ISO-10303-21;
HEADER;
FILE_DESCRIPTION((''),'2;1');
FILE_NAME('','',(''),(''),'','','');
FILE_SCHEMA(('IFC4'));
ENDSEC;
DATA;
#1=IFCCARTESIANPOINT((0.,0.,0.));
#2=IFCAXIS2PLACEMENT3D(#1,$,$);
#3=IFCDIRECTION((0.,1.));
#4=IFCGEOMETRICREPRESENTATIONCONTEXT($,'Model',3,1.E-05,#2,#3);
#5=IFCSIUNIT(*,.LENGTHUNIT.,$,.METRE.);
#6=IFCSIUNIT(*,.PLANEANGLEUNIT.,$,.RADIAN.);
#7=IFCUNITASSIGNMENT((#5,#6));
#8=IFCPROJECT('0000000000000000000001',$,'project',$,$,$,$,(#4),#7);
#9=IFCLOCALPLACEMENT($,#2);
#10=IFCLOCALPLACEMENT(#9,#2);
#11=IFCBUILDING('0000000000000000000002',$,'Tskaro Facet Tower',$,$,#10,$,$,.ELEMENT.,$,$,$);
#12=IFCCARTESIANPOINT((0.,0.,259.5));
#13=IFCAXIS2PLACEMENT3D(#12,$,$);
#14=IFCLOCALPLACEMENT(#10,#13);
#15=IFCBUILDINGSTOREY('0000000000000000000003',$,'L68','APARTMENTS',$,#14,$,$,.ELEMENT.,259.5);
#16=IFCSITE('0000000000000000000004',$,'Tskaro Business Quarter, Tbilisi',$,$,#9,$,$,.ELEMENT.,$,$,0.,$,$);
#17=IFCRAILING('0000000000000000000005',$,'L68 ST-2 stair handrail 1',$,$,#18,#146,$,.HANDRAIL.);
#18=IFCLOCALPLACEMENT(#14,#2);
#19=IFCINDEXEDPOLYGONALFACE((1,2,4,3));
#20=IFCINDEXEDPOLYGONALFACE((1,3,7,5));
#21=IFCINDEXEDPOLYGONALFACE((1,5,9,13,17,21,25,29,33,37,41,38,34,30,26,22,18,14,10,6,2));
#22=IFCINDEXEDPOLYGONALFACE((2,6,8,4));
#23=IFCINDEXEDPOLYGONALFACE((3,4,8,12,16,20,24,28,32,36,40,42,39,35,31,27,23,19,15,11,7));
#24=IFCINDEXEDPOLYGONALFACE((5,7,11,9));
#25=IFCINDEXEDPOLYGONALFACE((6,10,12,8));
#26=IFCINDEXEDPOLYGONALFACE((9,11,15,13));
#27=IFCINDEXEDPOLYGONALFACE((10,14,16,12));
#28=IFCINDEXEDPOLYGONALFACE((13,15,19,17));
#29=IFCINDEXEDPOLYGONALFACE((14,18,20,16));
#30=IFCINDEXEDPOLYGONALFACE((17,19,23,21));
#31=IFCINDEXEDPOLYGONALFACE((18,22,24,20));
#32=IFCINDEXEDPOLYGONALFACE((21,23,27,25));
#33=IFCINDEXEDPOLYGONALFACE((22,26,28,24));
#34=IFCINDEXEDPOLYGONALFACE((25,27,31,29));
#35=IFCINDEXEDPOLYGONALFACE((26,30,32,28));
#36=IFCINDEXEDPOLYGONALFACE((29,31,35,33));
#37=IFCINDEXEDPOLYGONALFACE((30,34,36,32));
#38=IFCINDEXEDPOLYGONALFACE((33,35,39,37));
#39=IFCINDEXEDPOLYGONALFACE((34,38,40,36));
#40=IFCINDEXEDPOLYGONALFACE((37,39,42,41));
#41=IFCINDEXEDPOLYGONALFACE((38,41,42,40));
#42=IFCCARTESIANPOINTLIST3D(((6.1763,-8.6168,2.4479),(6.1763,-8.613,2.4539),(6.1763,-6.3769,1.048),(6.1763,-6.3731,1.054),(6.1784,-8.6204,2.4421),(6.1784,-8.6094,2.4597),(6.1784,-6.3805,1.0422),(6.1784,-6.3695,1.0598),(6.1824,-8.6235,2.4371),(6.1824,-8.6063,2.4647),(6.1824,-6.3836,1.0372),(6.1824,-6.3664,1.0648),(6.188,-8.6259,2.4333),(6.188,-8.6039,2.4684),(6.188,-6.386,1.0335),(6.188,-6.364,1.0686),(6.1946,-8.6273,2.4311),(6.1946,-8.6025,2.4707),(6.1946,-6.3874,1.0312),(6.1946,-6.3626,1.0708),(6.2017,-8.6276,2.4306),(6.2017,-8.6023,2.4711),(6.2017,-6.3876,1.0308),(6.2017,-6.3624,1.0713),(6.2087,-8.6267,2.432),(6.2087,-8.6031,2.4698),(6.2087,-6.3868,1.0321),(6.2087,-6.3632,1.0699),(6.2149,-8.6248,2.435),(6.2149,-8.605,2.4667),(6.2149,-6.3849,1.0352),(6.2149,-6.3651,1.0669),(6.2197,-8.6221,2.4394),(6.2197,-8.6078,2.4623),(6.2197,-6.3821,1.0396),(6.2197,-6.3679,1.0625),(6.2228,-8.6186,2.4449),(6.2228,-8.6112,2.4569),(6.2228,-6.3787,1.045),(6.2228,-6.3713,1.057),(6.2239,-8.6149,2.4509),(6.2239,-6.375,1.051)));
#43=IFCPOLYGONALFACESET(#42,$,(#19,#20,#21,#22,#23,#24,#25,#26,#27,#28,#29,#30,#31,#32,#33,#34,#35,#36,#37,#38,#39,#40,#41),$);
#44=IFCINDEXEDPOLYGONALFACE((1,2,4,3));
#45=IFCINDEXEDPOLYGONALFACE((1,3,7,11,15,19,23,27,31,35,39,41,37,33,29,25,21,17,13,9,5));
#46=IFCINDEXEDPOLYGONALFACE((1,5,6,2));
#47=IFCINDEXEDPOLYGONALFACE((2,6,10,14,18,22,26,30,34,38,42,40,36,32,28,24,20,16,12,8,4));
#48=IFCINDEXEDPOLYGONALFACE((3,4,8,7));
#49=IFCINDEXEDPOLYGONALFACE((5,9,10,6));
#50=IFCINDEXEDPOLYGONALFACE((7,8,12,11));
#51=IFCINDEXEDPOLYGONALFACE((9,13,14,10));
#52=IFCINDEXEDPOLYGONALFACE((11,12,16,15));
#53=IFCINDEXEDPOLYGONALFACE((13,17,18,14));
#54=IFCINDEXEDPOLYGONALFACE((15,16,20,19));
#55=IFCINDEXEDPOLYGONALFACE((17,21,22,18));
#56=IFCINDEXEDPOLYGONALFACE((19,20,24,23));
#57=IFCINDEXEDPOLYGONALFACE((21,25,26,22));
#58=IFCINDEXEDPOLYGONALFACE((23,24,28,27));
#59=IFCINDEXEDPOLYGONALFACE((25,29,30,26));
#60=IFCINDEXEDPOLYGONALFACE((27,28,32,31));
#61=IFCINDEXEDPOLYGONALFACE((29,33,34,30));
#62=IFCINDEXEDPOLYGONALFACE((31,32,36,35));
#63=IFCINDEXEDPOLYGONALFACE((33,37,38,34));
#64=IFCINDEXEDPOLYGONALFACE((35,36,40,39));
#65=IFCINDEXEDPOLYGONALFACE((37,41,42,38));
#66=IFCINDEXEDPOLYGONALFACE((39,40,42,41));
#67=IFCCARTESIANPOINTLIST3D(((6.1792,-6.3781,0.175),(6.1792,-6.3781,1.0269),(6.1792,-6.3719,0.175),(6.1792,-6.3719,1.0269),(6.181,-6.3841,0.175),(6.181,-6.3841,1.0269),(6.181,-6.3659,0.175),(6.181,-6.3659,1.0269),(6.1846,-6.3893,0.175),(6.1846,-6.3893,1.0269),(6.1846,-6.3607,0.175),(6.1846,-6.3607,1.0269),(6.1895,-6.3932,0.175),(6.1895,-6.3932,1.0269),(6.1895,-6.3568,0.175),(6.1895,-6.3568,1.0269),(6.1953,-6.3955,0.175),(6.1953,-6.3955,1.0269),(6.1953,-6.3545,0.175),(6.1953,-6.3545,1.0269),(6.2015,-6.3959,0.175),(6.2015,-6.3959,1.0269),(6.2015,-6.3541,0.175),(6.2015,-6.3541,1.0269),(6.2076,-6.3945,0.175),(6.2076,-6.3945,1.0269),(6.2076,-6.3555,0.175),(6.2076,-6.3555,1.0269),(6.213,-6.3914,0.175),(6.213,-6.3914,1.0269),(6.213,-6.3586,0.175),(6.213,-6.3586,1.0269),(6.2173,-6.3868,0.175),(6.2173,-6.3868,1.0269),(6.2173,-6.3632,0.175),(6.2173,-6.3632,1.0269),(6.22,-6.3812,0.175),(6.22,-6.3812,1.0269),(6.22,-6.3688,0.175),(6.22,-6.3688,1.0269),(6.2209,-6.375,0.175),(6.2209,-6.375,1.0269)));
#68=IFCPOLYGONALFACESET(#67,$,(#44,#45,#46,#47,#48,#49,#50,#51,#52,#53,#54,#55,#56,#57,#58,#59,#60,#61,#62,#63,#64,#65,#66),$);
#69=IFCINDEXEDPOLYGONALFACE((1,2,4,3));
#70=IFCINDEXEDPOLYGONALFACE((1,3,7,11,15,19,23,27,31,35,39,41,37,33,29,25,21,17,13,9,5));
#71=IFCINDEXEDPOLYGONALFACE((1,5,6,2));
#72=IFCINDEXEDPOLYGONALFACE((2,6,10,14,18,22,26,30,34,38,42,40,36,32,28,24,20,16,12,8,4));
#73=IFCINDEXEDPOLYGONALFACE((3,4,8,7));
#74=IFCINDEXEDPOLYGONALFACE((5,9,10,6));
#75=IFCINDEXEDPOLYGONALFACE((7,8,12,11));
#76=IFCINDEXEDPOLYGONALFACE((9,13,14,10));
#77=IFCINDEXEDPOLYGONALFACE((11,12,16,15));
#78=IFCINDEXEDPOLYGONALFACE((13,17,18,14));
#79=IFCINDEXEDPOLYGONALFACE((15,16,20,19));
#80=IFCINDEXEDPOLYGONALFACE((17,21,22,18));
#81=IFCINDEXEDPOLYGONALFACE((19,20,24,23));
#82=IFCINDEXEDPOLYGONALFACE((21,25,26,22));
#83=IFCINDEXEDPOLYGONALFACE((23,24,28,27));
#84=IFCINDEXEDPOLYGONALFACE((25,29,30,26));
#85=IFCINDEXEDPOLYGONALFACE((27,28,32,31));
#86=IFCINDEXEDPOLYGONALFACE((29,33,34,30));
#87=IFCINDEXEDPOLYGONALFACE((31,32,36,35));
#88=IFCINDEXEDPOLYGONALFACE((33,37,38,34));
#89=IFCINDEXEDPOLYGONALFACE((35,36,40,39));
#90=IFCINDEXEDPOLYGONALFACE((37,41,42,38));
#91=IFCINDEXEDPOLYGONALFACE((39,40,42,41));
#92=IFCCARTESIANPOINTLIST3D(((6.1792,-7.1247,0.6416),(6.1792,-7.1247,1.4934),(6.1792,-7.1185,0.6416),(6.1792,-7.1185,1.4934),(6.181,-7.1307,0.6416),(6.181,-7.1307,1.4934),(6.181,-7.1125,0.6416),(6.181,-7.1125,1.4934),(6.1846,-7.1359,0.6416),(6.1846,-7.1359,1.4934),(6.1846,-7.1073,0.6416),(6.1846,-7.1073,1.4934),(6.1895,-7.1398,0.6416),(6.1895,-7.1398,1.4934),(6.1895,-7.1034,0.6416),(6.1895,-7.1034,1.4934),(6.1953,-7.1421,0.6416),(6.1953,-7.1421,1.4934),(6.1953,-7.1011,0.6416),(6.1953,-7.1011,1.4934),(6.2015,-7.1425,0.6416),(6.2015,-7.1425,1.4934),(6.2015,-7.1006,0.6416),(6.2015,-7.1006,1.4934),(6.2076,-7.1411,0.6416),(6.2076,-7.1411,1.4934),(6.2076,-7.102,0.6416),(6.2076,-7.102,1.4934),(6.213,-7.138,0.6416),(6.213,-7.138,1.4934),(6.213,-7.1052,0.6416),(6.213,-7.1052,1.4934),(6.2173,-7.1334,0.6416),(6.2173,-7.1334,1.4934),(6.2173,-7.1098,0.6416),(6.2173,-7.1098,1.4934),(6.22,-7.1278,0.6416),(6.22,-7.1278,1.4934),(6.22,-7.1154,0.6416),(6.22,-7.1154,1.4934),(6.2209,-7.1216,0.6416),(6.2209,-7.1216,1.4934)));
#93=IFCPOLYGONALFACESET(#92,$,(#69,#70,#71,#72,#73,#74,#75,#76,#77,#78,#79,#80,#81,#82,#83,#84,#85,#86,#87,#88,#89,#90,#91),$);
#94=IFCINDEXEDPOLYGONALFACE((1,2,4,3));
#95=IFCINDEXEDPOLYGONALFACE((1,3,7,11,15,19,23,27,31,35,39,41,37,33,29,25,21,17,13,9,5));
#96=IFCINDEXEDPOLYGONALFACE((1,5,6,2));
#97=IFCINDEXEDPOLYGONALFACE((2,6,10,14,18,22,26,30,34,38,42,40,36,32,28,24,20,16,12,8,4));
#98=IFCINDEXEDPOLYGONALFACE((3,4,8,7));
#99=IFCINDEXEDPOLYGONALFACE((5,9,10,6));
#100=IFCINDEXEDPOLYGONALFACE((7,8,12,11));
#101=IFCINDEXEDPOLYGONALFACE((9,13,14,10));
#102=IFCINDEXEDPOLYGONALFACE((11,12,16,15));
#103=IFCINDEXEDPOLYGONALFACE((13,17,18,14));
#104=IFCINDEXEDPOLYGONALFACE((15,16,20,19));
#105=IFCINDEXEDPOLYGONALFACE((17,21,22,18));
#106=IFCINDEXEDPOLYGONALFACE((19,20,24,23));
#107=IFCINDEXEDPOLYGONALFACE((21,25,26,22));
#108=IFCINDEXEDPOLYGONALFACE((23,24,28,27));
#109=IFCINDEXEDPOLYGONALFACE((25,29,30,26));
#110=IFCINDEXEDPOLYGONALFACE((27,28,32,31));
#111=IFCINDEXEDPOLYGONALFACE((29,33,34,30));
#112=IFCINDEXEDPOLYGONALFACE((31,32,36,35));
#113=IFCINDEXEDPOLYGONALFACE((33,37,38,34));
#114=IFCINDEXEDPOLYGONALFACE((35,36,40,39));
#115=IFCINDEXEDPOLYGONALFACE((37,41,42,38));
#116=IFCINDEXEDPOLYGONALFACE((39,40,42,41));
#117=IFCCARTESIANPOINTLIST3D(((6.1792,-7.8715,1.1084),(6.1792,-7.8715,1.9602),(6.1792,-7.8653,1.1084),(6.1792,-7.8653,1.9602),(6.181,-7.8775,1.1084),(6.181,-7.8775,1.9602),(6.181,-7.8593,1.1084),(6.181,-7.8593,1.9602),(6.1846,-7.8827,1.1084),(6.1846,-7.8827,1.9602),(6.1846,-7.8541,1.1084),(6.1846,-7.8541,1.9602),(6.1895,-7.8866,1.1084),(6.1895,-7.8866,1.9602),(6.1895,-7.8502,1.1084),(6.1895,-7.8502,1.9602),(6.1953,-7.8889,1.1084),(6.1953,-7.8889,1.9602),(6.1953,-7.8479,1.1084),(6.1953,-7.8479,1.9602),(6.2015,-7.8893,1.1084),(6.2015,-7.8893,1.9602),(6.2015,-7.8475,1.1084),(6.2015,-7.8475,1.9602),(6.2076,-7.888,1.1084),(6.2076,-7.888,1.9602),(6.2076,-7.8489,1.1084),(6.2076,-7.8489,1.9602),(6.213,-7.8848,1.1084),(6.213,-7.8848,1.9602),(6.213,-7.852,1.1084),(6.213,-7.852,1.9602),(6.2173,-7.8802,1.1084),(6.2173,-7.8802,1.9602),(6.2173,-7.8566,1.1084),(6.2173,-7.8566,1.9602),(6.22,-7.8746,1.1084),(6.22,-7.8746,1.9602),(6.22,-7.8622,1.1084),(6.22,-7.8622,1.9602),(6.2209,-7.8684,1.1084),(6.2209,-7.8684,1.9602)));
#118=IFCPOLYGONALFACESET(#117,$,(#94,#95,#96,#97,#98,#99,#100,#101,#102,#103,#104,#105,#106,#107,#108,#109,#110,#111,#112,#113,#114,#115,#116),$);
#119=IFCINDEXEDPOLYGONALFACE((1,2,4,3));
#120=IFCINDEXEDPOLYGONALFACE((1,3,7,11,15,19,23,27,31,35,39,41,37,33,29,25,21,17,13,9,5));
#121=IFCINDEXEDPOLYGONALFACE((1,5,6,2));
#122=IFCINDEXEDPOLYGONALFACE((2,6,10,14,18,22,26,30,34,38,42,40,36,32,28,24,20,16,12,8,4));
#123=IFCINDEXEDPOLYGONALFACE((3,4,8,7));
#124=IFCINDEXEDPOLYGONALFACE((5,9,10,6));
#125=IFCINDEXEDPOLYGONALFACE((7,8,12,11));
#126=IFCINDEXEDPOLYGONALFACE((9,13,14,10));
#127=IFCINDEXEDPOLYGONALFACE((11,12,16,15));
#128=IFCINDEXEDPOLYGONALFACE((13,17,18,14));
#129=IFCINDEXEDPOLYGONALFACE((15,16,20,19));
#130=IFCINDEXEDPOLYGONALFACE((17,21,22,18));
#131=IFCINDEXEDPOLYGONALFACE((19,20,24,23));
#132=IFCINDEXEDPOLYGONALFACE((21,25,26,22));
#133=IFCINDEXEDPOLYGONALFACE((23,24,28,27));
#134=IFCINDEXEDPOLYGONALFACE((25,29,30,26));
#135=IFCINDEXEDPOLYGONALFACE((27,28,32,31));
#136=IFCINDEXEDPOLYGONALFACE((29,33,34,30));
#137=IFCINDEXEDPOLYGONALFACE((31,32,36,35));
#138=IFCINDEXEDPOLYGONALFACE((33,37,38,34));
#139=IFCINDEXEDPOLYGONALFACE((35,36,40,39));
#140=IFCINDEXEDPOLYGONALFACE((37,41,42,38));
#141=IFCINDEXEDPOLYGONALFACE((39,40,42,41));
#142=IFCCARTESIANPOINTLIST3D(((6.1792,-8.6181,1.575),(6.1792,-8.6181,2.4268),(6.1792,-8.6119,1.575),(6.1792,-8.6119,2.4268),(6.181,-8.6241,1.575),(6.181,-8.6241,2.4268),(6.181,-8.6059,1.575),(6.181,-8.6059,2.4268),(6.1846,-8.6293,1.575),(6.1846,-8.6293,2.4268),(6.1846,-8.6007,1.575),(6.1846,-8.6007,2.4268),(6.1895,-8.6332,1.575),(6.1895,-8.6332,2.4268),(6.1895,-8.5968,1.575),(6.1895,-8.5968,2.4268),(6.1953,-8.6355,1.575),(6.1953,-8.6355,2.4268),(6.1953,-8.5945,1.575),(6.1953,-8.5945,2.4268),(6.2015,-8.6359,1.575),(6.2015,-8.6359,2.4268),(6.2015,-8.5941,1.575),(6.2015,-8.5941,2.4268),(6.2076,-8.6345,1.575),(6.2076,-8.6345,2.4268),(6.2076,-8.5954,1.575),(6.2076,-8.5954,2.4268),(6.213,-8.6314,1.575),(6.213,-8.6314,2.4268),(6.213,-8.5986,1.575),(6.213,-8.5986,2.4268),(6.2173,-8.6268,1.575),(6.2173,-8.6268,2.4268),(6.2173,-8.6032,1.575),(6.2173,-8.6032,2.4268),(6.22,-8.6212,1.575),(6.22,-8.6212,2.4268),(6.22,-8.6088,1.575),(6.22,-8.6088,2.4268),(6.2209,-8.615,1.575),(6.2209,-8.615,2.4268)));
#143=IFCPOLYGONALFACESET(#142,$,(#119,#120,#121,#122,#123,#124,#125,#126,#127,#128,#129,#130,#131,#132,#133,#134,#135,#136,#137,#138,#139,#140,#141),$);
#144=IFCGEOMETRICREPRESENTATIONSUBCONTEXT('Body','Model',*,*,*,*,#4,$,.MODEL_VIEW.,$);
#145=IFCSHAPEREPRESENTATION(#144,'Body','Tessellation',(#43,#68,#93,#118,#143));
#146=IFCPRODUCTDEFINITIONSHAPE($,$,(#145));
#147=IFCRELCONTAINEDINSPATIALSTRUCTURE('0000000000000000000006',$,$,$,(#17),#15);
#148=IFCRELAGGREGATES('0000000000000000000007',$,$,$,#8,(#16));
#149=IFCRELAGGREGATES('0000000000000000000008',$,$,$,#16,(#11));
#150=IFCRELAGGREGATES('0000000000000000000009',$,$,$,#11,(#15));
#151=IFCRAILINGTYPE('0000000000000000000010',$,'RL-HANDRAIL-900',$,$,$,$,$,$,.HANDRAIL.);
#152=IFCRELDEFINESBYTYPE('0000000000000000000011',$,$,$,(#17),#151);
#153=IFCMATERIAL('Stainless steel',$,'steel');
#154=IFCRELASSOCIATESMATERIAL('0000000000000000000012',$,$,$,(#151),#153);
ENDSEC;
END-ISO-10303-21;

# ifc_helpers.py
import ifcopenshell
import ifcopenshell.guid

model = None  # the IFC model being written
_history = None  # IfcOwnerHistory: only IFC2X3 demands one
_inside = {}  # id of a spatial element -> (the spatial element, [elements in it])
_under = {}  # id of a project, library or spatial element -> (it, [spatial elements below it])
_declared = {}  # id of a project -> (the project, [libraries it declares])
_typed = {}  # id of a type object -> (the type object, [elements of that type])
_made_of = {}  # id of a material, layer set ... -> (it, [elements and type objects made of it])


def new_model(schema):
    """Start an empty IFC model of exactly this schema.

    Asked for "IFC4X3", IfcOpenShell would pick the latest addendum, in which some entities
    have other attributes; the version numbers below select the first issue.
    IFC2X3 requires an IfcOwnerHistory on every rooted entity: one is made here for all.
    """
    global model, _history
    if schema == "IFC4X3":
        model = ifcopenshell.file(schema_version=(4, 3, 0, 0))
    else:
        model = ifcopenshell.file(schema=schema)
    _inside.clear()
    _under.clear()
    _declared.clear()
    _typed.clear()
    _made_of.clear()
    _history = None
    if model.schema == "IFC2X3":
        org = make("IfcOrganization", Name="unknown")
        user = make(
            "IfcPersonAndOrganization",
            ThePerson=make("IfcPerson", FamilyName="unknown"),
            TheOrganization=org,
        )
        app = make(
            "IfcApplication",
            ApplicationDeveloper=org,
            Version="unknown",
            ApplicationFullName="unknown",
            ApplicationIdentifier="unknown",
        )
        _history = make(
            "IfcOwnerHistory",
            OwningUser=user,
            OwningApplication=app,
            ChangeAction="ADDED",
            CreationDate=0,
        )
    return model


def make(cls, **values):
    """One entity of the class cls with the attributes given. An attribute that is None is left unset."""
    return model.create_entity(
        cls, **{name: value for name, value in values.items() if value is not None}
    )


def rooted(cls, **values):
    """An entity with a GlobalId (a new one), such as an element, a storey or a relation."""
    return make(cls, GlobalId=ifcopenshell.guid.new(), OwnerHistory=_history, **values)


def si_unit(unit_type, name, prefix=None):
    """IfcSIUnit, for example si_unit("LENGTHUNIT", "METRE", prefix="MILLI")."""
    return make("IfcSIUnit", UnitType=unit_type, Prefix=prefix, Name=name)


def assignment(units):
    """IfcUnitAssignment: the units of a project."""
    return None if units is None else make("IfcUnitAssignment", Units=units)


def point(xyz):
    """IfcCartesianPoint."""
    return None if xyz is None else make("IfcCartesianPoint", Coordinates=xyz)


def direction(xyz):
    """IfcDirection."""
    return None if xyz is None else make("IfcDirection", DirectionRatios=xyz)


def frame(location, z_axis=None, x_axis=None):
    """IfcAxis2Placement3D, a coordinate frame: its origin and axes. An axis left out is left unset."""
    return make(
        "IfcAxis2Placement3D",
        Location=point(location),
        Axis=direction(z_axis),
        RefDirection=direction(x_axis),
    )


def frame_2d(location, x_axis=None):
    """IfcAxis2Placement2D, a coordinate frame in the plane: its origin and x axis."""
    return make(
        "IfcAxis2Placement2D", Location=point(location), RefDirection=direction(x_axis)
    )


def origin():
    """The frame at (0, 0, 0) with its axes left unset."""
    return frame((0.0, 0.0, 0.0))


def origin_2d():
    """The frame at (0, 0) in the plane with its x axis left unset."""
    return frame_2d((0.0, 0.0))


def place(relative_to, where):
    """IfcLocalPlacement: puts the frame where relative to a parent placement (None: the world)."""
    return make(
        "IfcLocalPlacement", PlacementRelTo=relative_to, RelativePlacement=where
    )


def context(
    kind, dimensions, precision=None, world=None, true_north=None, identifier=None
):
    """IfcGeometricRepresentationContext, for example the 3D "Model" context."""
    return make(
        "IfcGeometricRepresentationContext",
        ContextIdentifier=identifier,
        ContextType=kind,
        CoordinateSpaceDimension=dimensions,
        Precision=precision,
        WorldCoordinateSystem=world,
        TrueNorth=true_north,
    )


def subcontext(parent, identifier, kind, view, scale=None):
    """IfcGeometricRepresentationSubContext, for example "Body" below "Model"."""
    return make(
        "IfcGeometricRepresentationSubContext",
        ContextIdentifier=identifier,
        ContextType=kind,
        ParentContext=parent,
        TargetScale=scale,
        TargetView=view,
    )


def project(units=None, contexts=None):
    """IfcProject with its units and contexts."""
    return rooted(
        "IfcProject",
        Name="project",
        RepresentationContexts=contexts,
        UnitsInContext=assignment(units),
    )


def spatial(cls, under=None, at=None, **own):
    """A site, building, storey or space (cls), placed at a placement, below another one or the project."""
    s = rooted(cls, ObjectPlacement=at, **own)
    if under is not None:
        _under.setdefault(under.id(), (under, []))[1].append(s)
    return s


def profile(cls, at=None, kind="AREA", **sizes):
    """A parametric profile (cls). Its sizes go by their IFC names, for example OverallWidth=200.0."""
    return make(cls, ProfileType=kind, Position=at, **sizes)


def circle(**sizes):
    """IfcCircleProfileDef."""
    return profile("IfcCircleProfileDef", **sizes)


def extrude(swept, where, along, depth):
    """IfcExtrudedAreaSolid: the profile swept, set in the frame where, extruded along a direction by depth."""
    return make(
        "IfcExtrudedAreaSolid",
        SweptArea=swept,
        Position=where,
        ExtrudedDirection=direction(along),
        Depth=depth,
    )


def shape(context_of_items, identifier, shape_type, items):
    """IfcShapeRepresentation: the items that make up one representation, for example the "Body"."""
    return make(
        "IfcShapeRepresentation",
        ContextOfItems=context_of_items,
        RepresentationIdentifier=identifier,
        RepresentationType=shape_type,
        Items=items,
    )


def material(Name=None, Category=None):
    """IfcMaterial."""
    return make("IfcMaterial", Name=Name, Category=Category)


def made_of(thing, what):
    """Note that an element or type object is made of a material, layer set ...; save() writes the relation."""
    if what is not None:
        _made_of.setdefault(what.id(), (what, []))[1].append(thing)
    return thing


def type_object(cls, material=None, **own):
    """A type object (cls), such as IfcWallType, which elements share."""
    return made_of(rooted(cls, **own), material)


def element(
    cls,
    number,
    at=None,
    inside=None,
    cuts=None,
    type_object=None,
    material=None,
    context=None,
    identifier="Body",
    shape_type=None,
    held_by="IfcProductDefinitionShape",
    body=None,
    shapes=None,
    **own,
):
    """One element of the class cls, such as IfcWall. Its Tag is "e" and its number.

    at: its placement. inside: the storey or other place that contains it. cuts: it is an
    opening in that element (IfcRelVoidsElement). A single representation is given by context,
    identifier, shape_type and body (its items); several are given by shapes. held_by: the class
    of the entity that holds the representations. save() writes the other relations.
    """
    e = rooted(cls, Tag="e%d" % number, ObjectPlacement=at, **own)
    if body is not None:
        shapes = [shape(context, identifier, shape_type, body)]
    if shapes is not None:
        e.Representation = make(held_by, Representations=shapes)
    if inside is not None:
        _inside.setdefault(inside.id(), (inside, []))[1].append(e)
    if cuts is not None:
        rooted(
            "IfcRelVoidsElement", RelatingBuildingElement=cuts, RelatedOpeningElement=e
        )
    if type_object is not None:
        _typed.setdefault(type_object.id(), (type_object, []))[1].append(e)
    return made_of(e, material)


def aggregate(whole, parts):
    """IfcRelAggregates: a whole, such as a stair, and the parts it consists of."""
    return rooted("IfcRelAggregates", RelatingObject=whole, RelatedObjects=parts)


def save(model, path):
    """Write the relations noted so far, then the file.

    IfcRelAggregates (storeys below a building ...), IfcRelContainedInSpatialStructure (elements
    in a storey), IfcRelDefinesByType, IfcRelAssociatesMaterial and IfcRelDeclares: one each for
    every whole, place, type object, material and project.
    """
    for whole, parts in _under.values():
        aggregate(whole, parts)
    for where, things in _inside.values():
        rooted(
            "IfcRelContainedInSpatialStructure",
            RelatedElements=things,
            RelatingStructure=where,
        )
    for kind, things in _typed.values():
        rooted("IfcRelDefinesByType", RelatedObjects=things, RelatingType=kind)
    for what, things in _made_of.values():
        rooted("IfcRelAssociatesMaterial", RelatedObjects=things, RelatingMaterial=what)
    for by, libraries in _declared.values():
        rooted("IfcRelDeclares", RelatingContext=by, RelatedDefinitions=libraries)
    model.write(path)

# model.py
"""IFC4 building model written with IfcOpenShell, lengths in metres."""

from ifc_helpers import new_model, si_unit, direction, frame, origin, origin_2d, place, context, subcontext, project, spatial, circle, extrude, material, type_object, element, save


model = new_model("IFC4")

# Units and contexts
model_context = context("Model", 3, precision=1e-05, world=origin(), true_north=direction((0.0, 1.0)))
body_context = subcontext(model_context, "Body", "Model", "MODEL_VIEW")
ifc_project = project(units=[si_unit("LENGTHUNIT", "METRE"), si_unit("PLANEANGLEUNIT", "RADIAN")], contexts=[model_context])

# Site, building, storey
site_placement = place(None, origin())
site = spatial("IfcSite", under=ifc_project, at=site_placement, Name="Tskaro Business Quarter, Tbilisi", CompositionType="ELEMENT", RefElevation=0.0)
building_placement = place(site_placement, origin())
building = spatial("IfcBuilding", under=site, at=building_placement, Name="Tskaro Facet Tower", CompositionType="ELEMENT")
storey_placement = place(building_placement, frame((0.0, 0.0, 259.5)))
storey = spatial("IfcBuildingStorey", under=building, at=storey_placement, Name="L68", Description="APARTMENTS", CompositionType="ELEMENT", Elevation=259.5)

# Railing
ifc_material_1 = material(Name="Stainless steel", Category="steel")
railing_type_1 = type_object("IfcRailingType", Name="RL-HANDRAIL-900", PredefinedType="HANDRAIL", material=ifc_material_1)
railing_1_placement = place(storey_placement, frame((6.2, -6.375, 0.175)))
element("IfcRailing", 1, at=railing_1_placement, inside=storey, type_object=railing_type_1, Name="L68 ST-2 stair handrail 1", PredefinedType="HANDRAIL", context=body_context, shape_type="SweptSolid", body=[
    extrude(circle(Radius=0.0239, at=origin_2d()), frame((0.0, 0.0, 0.876), z_axis=(0.0, -0.848014, 0.529974), x_axis=(1.0, 0.0, 0.0)), (0.0, 0.0, 1.0), 2.6414),
    extrude(circle(Radius=0.021, at=origin_2d()), origin(), (0.0, 0.0, 1.0), 0.8518),
    extrude(circle(Radius=0.021, at=origin_2d()), frame((0.0, -0.7466, 0.4666)), (0.0, 0.0, 1.0), 0.8518),
    extrude(circle(Radius=0.021, at=origin_2d()), frame((0.0, -1.4934, 0.9333)), (0.0, 0.0, 1.0), 0.8518),
    extrude(circle(Radius=0.021, at=origin_2d()), frame((0.0, -2.24, 1.3999)), (0.0, 0.0, 1.0), 0.8518),
])

save(model, "model.ifc")
